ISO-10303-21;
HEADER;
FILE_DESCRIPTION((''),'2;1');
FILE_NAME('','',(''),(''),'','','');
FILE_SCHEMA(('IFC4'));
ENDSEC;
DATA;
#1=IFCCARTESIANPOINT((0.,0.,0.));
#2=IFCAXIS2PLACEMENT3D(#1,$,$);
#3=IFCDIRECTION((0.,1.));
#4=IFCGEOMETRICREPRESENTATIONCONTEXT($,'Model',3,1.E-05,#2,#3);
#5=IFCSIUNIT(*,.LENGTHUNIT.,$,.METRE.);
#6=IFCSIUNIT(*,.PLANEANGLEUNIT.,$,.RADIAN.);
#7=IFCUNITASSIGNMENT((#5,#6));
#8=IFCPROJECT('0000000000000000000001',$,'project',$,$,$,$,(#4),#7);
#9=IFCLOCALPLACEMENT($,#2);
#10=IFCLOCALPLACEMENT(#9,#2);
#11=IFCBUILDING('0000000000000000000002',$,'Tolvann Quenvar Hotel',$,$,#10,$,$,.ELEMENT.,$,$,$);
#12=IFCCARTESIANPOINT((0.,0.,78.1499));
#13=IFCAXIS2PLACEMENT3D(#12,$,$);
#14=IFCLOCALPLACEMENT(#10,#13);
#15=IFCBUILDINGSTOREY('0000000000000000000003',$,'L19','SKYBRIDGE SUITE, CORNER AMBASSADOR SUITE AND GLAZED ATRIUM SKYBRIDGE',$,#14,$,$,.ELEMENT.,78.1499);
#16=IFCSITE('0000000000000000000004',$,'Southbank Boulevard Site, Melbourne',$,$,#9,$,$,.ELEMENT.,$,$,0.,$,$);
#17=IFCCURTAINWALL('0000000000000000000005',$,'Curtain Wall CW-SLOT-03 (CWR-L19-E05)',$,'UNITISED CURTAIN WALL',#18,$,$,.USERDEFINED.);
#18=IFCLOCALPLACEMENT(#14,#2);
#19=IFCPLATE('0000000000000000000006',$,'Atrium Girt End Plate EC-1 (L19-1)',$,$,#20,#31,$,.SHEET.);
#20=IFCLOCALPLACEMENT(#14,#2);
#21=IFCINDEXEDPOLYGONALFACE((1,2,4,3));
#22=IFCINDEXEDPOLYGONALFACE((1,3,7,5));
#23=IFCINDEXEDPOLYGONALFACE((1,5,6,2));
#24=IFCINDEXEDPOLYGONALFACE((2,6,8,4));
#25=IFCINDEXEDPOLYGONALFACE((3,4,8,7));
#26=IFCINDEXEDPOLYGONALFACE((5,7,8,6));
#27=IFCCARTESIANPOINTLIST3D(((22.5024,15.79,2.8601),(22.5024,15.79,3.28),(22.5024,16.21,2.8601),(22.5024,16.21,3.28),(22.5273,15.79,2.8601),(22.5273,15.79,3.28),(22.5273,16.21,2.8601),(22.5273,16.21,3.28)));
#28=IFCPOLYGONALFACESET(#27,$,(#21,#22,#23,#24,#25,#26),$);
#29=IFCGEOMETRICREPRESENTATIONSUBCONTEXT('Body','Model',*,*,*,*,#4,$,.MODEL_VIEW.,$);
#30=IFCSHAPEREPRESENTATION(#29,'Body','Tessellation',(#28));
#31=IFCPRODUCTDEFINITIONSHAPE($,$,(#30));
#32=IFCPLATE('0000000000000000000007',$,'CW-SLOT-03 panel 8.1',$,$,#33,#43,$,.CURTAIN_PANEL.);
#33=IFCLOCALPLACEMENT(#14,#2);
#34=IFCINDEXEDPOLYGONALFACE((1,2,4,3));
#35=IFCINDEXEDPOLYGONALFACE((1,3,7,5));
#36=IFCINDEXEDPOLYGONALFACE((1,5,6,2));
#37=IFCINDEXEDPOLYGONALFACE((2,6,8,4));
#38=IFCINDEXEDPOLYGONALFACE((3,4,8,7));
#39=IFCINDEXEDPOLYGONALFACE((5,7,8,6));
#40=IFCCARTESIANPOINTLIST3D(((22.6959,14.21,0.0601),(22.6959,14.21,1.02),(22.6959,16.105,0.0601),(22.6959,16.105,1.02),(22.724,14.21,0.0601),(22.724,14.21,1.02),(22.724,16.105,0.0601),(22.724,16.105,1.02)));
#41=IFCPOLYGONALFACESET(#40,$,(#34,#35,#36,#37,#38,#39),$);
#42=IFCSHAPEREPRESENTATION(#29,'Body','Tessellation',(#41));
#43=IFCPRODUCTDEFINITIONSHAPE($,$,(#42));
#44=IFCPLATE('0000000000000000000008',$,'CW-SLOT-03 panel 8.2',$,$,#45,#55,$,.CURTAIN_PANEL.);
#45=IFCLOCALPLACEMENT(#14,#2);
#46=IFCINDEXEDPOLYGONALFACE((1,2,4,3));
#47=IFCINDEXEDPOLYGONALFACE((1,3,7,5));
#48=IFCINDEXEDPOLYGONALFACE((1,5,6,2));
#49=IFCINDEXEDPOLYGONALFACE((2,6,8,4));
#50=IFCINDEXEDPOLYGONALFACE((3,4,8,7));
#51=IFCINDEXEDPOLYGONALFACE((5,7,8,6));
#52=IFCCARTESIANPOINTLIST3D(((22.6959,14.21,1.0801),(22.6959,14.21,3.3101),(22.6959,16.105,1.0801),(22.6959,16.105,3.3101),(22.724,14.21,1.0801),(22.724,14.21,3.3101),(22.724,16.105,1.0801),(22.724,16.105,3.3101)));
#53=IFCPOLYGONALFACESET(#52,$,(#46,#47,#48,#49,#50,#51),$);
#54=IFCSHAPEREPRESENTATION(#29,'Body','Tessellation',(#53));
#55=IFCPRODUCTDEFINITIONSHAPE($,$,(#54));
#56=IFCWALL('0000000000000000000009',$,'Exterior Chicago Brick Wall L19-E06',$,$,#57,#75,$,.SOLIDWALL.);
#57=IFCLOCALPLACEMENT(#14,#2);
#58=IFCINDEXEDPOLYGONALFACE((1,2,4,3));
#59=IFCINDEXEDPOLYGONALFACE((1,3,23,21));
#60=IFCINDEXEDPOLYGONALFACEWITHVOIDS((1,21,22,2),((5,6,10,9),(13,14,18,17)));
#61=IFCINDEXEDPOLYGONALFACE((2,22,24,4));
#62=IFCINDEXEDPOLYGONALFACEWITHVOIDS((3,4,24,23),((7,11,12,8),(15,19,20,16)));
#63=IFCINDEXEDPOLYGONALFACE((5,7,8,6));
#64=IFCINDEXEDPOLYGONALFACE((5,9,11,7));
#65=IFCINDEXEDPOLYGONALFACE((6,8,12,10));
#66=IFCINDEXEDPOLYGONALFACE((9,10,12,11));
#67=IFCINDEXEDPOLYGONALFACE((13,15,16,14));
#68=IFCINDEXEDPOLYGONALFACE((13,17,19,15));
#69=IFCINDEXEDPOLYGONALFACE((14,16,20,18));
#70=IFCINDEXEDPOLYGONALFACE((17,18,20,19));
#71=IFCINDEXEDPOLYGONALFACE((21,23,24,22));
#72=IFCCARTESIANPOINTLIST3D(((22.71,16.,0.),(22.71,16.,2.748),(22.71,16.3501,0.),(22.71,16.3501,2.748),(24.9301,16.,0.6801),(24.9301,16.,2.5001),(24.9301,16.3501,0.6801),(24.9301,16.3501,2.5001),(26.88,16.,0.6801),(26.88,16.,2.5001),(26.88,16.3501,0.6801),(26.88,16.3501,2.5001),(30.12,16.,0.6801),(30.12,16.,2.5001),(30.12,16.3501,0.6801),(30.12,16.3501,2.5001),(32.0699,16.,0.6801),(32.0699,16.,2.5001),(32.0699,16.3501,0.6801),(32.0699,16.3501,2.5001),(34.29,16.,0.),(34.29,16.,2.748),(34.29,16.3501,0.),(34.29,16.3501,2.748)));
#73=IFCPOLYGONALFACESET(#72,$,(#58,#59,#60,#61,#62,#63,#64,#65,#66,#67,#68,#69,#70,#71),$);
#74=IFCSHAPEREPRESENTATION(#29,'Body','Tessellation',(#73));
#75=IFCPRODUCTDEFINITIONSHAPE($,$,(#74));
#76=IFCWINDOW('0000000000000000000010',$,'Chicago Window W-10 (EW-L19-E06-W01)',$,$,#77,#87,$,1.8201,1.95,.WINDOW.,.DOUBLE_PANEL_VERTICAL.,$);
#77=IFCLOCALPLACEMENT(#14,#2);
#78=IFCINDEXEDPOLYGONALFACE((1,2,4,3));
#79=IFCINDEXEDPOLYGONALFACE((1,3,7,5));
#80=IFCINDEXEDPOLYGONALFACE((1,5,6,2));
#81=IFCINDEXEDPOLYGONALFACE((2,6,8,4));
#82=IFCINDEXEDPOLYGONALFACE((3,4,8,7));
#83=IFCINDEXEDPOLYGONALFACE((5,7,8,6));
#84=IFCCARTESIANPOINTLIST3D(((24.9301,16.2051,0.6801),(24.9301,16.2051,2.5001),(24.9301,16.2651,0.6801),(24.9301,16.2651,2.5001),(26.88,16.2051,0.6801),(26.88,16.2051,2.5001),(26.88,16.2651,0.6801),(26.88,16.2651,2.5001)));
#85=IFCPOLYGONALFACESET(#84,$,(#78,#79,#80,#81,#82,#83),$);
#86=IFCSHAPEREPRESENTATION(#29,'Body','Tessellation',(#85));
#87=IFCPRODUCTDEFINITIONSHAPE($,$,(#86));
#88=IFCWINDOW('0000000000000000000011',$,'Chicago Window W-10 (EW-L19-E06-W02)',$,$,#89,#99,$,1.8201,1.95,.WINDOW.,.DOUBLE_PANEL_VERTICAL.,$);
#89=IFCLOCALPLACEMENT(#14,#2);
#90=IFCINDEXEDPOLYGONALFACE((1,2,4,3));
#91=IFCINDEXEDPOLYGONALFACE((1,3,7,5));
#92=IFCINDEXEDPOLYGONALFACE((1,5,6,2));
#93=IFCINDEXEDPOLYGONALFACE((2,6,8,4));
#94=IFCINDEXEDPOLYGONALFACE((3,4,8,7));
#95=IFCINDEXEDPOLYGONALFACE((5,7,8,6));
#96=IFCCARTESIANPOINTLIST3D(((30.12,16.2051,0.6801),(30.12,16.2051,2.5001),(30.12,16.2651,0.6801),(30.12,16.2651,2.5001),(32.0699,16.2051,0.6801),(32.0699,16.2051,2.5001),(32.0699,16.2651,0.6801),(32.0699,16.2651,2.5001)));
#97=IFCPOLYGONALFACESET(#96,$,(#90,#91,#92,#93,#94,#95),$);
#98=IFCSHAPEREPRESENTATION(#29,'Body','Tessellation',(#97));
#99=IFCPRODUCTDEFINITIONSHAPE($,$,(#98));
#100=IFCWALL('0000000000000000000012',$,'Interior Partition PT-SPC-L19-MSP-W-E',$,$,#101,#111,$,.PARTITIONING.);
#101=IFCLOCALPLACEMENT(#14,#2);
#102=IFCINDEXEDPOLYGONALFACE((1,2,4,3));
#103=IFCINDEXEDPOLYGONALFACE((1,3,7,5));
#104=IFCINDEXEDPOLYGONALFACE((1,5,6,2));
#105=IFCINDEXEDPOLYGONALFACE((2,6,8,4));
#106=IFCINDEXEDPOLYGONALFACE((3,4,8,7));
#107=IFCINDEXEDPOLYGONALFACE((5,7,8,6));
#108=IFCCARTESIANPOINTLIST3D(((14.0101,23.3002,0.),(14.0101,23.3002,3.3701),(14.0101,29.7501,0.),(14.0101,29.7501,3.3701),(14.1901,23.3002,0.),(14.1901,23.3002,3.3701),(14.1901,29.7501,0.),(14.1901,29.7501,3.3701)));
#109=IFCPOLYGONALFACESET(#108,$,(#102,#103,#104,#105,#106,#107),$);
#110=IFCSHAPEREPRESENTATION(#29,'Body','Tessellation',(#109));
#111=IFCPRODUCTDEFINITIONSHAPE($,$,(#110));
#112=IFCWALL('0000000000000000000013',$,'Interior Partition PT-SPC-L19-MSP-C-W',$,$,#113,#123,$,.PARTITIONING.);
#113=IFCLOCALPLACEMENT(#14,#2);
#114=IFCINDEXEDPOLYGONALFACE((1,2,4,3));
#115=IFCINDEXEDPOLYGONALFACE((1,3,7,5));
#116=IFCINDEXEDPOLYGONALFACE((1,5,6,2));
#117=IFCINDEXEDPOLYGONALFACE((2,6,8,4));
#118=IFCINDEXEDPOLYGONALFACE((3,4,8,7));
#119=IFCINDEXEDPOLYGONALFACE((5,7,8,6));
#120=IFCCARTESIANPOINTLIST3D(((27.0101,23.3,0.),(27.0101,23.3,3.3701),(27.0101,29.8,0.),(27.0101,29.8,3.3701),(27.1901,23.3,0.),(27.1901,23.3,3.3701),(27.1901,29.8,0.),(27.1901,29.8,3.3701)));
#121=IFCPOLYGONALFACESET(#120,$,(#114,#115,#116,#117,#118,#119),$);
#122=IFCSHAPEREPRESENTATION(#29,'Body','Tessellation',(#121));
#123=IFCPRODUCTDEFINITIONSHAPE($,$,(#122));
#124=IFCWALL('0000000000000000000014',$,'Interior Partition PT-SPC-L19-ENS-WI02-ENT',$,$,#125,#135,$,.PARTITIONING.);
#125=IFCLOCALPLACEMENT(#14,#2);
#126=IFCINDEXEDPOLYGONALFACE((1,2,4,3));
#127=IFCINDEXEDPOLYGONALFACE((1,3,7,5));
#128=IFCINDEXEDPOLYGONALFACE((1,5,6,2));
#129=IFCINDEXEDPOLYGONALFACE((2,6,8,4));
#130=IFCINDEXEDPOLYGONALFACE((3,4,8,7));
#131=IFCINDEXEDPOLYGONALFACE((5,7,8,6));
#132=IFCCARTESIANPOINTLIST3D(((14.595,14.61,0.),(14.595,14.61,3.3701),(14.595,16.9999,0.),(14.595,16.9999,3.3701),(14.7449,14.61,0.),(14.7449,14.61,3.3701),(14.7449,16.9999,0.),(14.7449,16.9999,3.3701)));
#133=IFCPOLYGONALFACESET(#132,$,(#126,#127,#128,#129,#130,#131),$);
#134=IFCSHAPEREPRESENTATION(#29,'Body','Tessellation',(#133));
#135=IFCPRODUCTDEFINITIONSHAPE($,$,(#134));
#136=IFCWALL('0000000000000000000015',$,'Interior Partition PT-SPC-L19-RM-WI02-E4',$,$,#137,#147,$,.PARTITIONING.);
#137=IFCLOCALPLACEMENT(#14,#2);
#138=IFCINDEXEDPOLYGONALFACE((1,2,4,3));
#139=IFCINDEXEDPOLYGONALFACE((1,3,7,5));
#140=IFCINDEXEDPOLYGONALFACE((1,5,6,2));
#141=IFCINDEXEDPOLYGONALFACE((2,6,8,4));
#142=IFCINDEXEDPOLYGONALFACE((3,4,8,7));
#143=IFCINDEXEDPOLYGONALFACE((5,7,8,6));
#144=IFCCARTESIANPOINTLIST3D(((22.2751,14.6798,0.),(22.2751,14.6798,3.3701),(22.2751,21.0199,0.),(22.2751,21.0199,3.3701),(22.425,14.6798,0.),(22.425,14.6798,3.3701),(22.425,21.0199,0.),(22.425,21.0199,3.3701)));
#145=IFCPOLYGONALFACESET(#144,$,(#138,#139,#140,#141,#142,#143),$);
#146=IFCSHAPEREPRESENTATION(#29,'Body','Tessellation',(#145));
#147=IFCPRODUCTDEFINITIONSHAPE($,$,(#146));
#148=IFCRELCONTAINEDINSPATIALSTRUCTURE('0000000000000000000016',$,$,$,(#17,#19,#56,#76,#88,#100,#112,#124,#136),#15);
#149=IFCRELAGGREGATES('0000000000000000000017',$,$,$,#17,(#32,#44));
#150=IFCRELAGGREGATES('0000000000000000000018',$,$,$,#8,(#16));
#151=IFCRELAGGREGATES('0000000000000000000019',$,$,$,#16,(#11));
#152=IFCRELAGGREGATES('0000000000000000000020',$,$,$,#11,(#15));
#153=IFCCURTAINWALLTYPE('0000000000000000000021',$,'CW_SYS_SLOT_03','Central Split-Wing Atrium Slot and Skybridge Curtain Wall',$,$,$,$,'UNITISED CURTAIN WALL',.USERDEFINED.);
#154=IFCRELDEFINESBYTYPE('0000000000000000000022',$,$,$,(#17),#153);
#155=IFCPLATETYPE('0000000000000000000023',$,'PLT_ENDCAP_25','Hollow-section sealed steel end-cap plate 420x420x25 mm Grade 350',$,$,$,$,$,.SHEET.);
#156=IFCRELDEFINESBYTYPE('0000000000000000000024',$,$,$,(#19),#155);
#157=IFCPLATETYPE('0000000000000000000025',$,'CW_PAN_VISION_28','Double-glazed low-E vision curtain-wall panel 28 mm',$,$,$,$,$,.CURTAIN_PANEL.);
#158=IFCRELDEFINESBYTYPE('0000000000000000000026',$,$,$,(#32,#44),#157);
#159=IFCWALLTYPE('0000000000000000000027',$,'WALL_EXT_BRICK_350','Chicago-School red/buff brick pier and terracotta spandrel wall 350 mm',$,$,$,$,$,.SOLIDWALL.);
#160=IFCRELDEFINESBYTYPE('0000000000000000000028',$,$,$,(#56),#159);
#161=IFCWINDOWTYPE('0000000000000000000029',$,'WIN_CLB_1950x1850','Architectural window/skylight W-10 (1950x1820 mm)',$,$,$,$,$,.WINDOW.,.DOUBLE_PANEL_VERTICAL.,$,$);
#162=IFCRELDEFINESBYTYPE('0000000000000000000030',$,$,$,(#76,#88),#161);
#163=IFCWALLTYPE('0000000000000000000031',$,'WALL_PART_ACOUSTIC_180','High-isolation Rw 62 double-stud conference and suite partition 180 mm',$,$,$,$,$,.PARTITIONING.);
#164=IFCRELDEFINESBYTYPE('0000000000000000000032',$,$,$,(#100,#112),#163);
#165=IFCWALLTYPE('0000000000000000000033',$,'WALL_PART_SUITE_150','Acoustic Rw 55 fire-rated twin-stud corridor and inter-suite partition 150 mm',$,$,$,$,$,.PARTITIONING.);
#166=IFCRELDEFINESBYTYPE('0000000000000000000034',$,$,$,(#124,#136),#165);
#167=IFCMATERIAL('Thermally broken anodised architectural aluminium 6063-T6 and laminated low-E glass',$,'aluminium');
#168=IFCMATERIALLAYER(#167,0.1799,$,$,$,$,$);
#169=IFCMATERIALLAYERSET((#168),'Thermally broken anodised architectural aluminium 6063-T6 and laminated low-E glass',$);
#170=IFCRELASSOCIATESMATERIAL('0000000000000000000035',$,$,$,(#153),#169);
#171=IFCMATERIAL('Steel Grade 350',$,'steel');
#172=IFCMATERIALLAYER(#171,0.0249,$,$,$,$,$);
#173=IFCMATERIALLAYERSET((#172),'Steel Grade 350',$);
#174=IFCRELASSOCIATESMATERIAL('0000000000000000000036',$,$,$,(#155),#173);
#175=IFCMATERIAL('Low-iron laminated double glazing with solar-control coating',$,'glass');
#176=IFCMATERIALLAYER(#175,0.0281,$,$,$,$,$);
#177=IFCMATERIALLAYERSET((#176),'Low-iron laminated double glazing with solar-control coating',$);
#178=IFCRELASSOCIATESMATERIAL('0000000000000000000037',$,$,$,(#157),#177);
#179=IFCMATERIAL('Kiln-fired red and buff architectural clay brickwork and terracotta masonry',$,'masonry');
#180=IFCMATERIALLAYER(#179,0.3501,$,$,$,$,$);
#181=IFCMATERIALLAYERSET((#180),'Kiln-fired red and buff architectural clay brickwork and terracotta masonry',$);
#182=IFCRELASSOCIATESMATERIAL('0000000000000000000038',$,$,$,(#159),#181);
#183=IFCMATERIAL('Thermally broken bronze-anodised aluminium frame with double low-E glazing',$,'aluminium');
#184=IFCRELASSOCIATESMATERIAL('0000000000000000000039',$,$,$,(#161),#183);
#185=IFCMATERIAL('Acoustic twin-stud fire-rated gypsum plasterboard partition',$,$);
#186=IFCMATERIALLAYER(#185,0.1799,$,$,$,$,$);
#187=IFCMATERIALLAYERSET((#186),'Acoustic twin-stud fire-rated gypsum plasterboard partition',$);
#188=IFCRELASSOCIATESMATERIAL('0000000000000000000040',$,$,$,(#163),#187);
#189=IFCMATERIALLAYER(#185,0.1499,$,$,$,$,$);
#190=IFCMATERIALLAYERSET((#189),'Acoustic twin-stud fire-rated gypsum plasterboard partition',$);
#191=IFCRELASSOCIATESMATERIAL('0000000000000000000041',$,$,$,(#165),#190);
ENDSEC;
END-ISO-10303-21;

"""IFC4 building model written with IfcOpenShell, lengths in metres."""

from ifc_helpers import new_model, si_unit, direction, frame, frame_2d, origin, origin_2d, place, context, subcontext, project, spatial, rectangle, extrude, source, transform, mapped, material, layer, layer_set, type_object, type_shapes, element, fill, aggregate, save


model = new_model("IFC4")

# Units and contexts
model_context = context("Model", 3, precision=1e-05, world=origin(), true_north=direction((0.0, 1.0)))
body_context = subcontext(model_context, "Body", "Model", "MODEL_VIEW")
ifc_project = project(units=[si_unit("LENGTHUNIT", "METRE"), si_unit("PLANEANGLEUNIT", "RADIAN")], contexts=[model_context])

# Site, building, storey
site_placement = place(None, origin())
site = spatial("IfcSite", under=ifc_project, at=site_placement, Name="Southbank Boulevard Site, Melbourne", CompositionType="ELEMENT", RefElevation=0.0)
building_placement = place(site_placement, origin())
building = spatial("IfcBuilding", under=site, at=building_placement, Name="Tolvann Quenvar Hotel", CompositionType="ELEMENT")
storey_placement = place(building_placement, frame((0.0, 0.0, 78.1499)))
storey = spatial("IfcBuildingStorey", under=building, at=storey_placement, Name="L19", Description="SKYBRIDGE SUITE, CORNER AMBASSADOR SUITE AND GLAZED ATRIUM SKYBRIDGE", CompositionType="ELEMENT", Elevation=78.1499)

# Shared definitions
ifc_material_1 = material(Name="Steel Grade 350", Category="steel")

# Curtain wall
ifc_material_2 = material(Name="Thermally broken anodised architectural aluminium 6063-T6 and laminated low-E glass", Category="aluminium")
ifc_layer_1 = layer(ifc_material_2, 0.1799)
ifc_layer_set_1 = layer_set([ifc_layer_1], Name="Thermally broken anodised architectural aluminium 6063-T6 and laminated low-E glass")
curtain_wall_type = type_object("IfcCurtainWallType", Name="CW_SYS_SLOT_03", Description="Central Split-Wing Atrium Slot and Skybridge Curtain Wall", ElementType="UNITISED CURTAIN WALL", PredefinedType="USERDEFINED", material=ifc_layer_set_1)
curtain_wall_placement = place(storey_placement, origin())
curtain_wall = element("IfcCurtainWall", 1, at=curtain_wall_placement, inside=storey, type_object=curtain_wall_type, Name="Curtain Wall CW-SLOT-03 (CWR-L19-E05)", ObjectType="UNITISED CURTAIN WALL", PredefinedType="USERDEFINED")

# Plates
ifc_layer_2 = layer(ifc_material_1, 0.0249)
ifc_layer_set_2 = layer_set([ifc_layer_2], Name="Steel Grade 350")
plate_type_1 = type_object("IfcPlateType", Name="PLT_ENDCAP_25", Description="Hollow-section sealed steel end-cap plate 420x420x25 mm Grade 350", PredefinedType="SHEET", material=ifc_layer_set_2)
shared_shape_1 = source(origin(), body_context, "Body", "SweptSolid", [
    extrude(rectangle(XDim=0.0249, YDim=0.4199, at=origin_2d()), origin(), (0.0, 0.0, 1.0), 0.4199),
])
type_shapes(plate_type_1, [shared_shape_1])
plate_1_placement = place(storey_placement, frame((22.5149, 16.0, 2.8601), z_axis=(0.0, 0.0, 1.0), x_axis=(1.0, 0.0, 0.0)))
element("IfcPlate", 2, at=plate_1_placement, inside=storey, type_object=plate_type_1, Name="Atrium Girt End Plate EC-1 (L19-1)", PredefinedType="SHEET", context=body_context, shape_type="MappedRepresentation", body=[
    mapped(shared_shape_1, transform((0.0, 0.0, 0.0), x_axis=(1.0, 0.0, 0.0), y_axis=(0.0, 1.0, 0.0), z_axis=(0.0, 0.0, 1.0), scale=1.0)),
])
ifc_material_3 = material(Name="Low-iron laminated double glazing with solar-control coating", Category="glass")
ifc_layer_3 = layer(ifc_material_3, 0.0281)
ifc_layer_set_3 = layer_set([ifc_layer_3], Name="Low-iron laminated double glazing with solar-control coating")
plate_type_2 = type_object("IfcPlateType", Name="CW_PAN_VISION_28", Description="Double-glazed low-E vision curtain-wall panel 28 mm", PredefinedType="CURTAIN_PANEL", material=ifc_layer_set_3)
shared_shape_2 = source(origin(), body_context, "Body", "SweptSolid", [
    extrude(rectangle(XDim=1.895, YDim=0.0281, at=origin_2d()), origin(), (0.0, 0.0, 1.0), 0.96),
])
plate_2_placement = place(storey_placement, frame((22.71, 15.1575, 0.0601), z_axis=(0.0, 0.0, 1.0), x_axis=(0.0, 1.0, 0.0)))
plate_2 = element("IfcPlate", 3, at=plate_2_placement, type_object=plate_type_2, Name="CW-SLOT-03 panel 8.1", PredefinedType="CURTAIN_PANEL", context=body_context, shape_type="MappedRepresentation", body=[
    mapped(shared_shape_2, transform((0.0, 0.0, 0.0), x_axis=(1.0, 0.0, 0.0), y_axis=(0.0, 1.0, 0.0), z_axis=(0.0, 0.0, 1.0), scale=1.0)),
])
shared_shape_3 = source(origin(), body_context, "Body", "SweptSolid", [
    extrude(rectangle(XDim=1.895, YDim=0.0281, at=origin_2d()), origin(), (0.0, 0.0, 1.0), 2.23),
])
type_shapes(plate_type_2, [shared_shape_2, shared_shape_3])
plate_3_placement = place(storey_placement, frame((22.71, 15.1575, 1.0801), z_axis=(0.0, 0.0, 1.0), x_axis=(0.0, 1.0, 0.0)))
plate_3 = element("IfcPlate", 4, at=plate_3_placement, type_object=plate_type_2, Name="CW-SLOT-03 panel 8.2", PredefinedType="CURTAIN_PANEL", context=body_context, shape_type="MappedRepresentation", body=[
    mapped(shared_shape_3, transform((0.0, 0.0, 0.0), x_axis=(1.0, 0.0, 0.0), y_axis=(0.0, 1.0, 0.0), z_axis=(0.0, 0.0, 1.0), scale=1.0)),
])
aggregate(curtain_wall, [plate_2, plate_3])

# Wall, openings, windows
ifc_material_4 = material(Name="Kiln-fired red and buff architectural clay brickwork and terracotta masonry", Category="masonry")
ifc_layer_4 = layer(ifc_material_4, 0.3501)
ifc_layer_set_4 = layer_set([ifc_layer_4], Name="Kiln-fired red and buff architectural clay brickwork and terracotta masonry")
wall_type_1 = type_object("IfcWallType", Name="WALL_EXT_BRICK_350", Description="Chicago-School red/buff brick pier and terracotta spandrel wall 350 mm", PredefinedType="SOLIDWALL", material=ifc_layer_set_4)
wall_1_placement = place(storey_placement, frame((22.71, 16.175, 0.0), z_axis=(0.0, 0.0, 1.0), x_axis=(1.0, 0.0, 0.0)))
wall_1 = element("IfcWall", 5, at=wall_1_placement, inside=storey, type_object=wall_type_1, Name="Exterior Chicago Brick Wall L19-E06", PredefinedType="SOLIDWALL", context=body_context, shape_type="SweptSolid", body=[
    extrude(rectangle(XDim=11.5801, YDim=0.3501, at=frame_2d((5.79, 0.0))), origin(), (0.0, 0.0, 1.0), 2.748),
])
opening_1_placement = place(wall_1_placement, frame((2.22, 0.0, 0.6799)))
opening_1 = element("IfcOpeningElement", 6, at=opening_1_placement, cuts=wall_1, PredefinedType="OPENING", context=body_context, shape_type="SweptSolid", body=[
    extrude(rectangle(XDim=1.95, YDim=1.8201, at=frame_2d((0.9751, 0.9102))), frame((0.0, 0.1851, 0.0), z_axis=(0.0, -1.0, 0.0), x_axis=(1.0, 0.0, 0.0)), (0.0, 0.0, 1.0), 0.3701),
])
opening_2_placement = place(wall_1_placement, frame((7.4099, 0.0, 0.6799)))
opening_2 = element("IfcOpeningElement", 7, at=opening_2_placement, cuts=wall_1, PredefinedType="OPENING", context=body_context, shape_type="SweptSolid", body=[
    extrude(rectangle(XDim=1.95, YDim=1.8201, at=frame_2d((0.9751, 0.9102))), frame((0.0, 0.1851, 0.0), z_axis=(0.0, -1.0, 0.0), x_axis=(1.0, 0.0, 0.0)), (0.0, 0.0, 1.0), 0.3701),
])
ifc_material_5 = material(Name="Thermally broken bronze-anodised aluminium frame with double low-E glazing", Category="aluminium")
window_type = type_object("IfcWindowType", Name="WIN_CLB_1950x1850", Description="Architectural window/skylight W-10 (1950x1820 mm)", PartitioningType="DOUBLE_PANEL_VERTICAL", PredefinedType="WINDOW", material=ifc_material_5)
shared_shape_4 = source(origin(), body_context, "Body", "SweptSolid", [
    extrude(rectangle(XDim=1.95, YDim=1.8201, at=frame_2d((0.9751, 0.9102))), frame((0.0, 0.0901, 0.0), z_axis=(0.0, -1.0, 0.0), x_axis=(1.0, 0.0, 0.0)), (0.0, 0.0, 1.0), 0.0601),
])
type_shapes(window_type, [shared_shape_4])
window_1_placement = place(opening_1_placement, origin())
window_1 = element("IfcWindow", 8, at=window_1_placement, inside=storey, type_object=window_type, Name="Chicago Window W-10 (EW-L19-E06-W01)", OverallHeight=1.8201, OverallWidth=1.95, PartitioningType="DOUBLE_PANEL_VERTICAL", PredefinedType="WINDOW", context=body_context, shape_type="MappedRepresentation", body=[
    mapped(shared_shape_4, transform((0.0, 0.0, 0.0), x_axis=(1.0, 0.0, 0.0), y_axis=(0.0, 1.0, 0.0), z_axis=(0.0, 0.0, 1.0), scale=1.0)),
])
fill(opening_1, window_1)
window_2_placement = place(opening_2_placement, origin())
window_2 = element("IfcWindow", 9, at=window_2_placement, inside=storey, type_object=window_type, Name="Chicago Window W-10 (EW-L19-E06-W02)", OverallHeight=1.8201, OverallWidth=1.95, PartitioningType="DOUBLE_PANEL_VERTICAL", PredefinedType="WINDOW", context=body_context, shape_type="MappedRepresentation", body=[
    mapped(shared_shape_4, transform((0.0, 0.0, 0.0), x_axis=(1.0, 0.0, 0.0), y_axis=(0.0, 1.0, 0.0), z_axis=(0.0, 0.0, 1.0), scale=1.0)),
])
fill(opening_2, window_2)

# Wall
ifc_material_6 = material(Name="Acoustic twin-stud fire-rated gypsum plasterboard partition")
ifc_layer_5 = layer(ifc_material_6, 0.1799)
ifc_layer_set_5 = layer_set([ifc_layer_5], Name="Acoustic twin-stud fire-rated gypsum plasterboard partition")
wall_type_2 = type_object("IfcWallType", Name="WALL_PART_ACOUSTIC_180", Description="High-isolation Rw 62 double-stud conference and suite partition 180 mm", PredefinedType="PARTITIONING", material=ifc_layer_set_5)
wall_2_placement = place(storey_placement, frame((14.1001, 23.3, 0.0), z_axis=(0.0, 0.0, 1.0), x_axis=(0.0, 1.0, 0.0)))
element("IfcWall", 10, at=wall_2_placement, inside=storey, type_object=wall_type_2, Name="Interior Partition PT-SPC-L19-MSP-W-E", PredefinedType="PARTITIONING", context=body_context, shape_type="SweptSolid", body=[
    extrude(rectangle(XDim=6.45, YDim=0.1799, at=frame_2d((3.2251, 0.0))), origin(), (0.0, 0.0, 1.0), 3.3701),
])

# Walls
wall_3_placement = place(storey_placement, frame((27.1001, 23.3, 0.0), z_axis=(0.0, 0.0, 1.0), x_axis=(0.0, 1.0, 0.0)))
element("IfcWall", 11, at=wall_3_placement, inside=storey, type_object=wall_type_2, Name="Interior Partition PT-SPC-L19-MSP-C-W", PredefinedType="PARTITIONING", context=body_context, shape_type="SweptSolid", body=[
    extrude(rectangle(XDim=6.5, YDim=0.1799, at=frame_2d((3.25, 0.0))), origin(), (0.0, 0.0, 1.0), 3.3701),
])
ifc_layer_6 = layer(ifc_material_6, 0.1499)
ifc_layer_set_6 = layer_set([ifc_layer_6], Name="Acoustic twin-stud fire-rated gypsum plasterboard partition")
wall_type_3 = type_object("IfcWallType", Name="WALL_PART_SUITE_150", Description="Acoustic Rw 55 fire-rated twin-stud corridor and inter-suite partition 150 mm", PredefinedType="PARTITIONING", material=ifc_layer_set_6)
wall_4_placement = place(storey_placement, frame((14.6699, 14.6101, 0.0), z_axis=(0.0, 0.0, 1.0), x_axis=(0.0, 1.0, 0.0)))
element("IfcWall", 12, at=wall_4_placement, inside=storey, type_object=wall_type_3, Name="Interior Partition PT-SPC-L19-ENS-WI02-ENT", PredefinedType="PARTITIONING", context=body_context, shape_type="SweptSolid", body=[
    extrude(rectangle(XDim=2.3899, YDim=0.1499, at=frame_2d((1.1948, 0.0))), origin(), (0.0, 0.0, 1.0), 3.3701),
])
wall_5_placement = place(storey_placement, frame((22.3501, 14.6799, 0.0), z_axis=(0.0, 0.0, 1.0), x_axis=(0.0, 1.0, 0.0)))
element("IfcWall", 13, at=wall_5_placement, inside=storey, type_object=wall_type_3, Name="Interior Partition PT-SPC-L19-RM-WI02-E4", PredefinedType="PARTITIONING", context=body_context, shape_type="SweptSolid", body=[
    extrude(rectangle(XDim=6.3401, YDim=0.1499, at=frame_2d((3.1699, 0.0))), origin(), (0.0, 0.0, 1.0), 3.3701),
])

save(model, "model.ifc")
